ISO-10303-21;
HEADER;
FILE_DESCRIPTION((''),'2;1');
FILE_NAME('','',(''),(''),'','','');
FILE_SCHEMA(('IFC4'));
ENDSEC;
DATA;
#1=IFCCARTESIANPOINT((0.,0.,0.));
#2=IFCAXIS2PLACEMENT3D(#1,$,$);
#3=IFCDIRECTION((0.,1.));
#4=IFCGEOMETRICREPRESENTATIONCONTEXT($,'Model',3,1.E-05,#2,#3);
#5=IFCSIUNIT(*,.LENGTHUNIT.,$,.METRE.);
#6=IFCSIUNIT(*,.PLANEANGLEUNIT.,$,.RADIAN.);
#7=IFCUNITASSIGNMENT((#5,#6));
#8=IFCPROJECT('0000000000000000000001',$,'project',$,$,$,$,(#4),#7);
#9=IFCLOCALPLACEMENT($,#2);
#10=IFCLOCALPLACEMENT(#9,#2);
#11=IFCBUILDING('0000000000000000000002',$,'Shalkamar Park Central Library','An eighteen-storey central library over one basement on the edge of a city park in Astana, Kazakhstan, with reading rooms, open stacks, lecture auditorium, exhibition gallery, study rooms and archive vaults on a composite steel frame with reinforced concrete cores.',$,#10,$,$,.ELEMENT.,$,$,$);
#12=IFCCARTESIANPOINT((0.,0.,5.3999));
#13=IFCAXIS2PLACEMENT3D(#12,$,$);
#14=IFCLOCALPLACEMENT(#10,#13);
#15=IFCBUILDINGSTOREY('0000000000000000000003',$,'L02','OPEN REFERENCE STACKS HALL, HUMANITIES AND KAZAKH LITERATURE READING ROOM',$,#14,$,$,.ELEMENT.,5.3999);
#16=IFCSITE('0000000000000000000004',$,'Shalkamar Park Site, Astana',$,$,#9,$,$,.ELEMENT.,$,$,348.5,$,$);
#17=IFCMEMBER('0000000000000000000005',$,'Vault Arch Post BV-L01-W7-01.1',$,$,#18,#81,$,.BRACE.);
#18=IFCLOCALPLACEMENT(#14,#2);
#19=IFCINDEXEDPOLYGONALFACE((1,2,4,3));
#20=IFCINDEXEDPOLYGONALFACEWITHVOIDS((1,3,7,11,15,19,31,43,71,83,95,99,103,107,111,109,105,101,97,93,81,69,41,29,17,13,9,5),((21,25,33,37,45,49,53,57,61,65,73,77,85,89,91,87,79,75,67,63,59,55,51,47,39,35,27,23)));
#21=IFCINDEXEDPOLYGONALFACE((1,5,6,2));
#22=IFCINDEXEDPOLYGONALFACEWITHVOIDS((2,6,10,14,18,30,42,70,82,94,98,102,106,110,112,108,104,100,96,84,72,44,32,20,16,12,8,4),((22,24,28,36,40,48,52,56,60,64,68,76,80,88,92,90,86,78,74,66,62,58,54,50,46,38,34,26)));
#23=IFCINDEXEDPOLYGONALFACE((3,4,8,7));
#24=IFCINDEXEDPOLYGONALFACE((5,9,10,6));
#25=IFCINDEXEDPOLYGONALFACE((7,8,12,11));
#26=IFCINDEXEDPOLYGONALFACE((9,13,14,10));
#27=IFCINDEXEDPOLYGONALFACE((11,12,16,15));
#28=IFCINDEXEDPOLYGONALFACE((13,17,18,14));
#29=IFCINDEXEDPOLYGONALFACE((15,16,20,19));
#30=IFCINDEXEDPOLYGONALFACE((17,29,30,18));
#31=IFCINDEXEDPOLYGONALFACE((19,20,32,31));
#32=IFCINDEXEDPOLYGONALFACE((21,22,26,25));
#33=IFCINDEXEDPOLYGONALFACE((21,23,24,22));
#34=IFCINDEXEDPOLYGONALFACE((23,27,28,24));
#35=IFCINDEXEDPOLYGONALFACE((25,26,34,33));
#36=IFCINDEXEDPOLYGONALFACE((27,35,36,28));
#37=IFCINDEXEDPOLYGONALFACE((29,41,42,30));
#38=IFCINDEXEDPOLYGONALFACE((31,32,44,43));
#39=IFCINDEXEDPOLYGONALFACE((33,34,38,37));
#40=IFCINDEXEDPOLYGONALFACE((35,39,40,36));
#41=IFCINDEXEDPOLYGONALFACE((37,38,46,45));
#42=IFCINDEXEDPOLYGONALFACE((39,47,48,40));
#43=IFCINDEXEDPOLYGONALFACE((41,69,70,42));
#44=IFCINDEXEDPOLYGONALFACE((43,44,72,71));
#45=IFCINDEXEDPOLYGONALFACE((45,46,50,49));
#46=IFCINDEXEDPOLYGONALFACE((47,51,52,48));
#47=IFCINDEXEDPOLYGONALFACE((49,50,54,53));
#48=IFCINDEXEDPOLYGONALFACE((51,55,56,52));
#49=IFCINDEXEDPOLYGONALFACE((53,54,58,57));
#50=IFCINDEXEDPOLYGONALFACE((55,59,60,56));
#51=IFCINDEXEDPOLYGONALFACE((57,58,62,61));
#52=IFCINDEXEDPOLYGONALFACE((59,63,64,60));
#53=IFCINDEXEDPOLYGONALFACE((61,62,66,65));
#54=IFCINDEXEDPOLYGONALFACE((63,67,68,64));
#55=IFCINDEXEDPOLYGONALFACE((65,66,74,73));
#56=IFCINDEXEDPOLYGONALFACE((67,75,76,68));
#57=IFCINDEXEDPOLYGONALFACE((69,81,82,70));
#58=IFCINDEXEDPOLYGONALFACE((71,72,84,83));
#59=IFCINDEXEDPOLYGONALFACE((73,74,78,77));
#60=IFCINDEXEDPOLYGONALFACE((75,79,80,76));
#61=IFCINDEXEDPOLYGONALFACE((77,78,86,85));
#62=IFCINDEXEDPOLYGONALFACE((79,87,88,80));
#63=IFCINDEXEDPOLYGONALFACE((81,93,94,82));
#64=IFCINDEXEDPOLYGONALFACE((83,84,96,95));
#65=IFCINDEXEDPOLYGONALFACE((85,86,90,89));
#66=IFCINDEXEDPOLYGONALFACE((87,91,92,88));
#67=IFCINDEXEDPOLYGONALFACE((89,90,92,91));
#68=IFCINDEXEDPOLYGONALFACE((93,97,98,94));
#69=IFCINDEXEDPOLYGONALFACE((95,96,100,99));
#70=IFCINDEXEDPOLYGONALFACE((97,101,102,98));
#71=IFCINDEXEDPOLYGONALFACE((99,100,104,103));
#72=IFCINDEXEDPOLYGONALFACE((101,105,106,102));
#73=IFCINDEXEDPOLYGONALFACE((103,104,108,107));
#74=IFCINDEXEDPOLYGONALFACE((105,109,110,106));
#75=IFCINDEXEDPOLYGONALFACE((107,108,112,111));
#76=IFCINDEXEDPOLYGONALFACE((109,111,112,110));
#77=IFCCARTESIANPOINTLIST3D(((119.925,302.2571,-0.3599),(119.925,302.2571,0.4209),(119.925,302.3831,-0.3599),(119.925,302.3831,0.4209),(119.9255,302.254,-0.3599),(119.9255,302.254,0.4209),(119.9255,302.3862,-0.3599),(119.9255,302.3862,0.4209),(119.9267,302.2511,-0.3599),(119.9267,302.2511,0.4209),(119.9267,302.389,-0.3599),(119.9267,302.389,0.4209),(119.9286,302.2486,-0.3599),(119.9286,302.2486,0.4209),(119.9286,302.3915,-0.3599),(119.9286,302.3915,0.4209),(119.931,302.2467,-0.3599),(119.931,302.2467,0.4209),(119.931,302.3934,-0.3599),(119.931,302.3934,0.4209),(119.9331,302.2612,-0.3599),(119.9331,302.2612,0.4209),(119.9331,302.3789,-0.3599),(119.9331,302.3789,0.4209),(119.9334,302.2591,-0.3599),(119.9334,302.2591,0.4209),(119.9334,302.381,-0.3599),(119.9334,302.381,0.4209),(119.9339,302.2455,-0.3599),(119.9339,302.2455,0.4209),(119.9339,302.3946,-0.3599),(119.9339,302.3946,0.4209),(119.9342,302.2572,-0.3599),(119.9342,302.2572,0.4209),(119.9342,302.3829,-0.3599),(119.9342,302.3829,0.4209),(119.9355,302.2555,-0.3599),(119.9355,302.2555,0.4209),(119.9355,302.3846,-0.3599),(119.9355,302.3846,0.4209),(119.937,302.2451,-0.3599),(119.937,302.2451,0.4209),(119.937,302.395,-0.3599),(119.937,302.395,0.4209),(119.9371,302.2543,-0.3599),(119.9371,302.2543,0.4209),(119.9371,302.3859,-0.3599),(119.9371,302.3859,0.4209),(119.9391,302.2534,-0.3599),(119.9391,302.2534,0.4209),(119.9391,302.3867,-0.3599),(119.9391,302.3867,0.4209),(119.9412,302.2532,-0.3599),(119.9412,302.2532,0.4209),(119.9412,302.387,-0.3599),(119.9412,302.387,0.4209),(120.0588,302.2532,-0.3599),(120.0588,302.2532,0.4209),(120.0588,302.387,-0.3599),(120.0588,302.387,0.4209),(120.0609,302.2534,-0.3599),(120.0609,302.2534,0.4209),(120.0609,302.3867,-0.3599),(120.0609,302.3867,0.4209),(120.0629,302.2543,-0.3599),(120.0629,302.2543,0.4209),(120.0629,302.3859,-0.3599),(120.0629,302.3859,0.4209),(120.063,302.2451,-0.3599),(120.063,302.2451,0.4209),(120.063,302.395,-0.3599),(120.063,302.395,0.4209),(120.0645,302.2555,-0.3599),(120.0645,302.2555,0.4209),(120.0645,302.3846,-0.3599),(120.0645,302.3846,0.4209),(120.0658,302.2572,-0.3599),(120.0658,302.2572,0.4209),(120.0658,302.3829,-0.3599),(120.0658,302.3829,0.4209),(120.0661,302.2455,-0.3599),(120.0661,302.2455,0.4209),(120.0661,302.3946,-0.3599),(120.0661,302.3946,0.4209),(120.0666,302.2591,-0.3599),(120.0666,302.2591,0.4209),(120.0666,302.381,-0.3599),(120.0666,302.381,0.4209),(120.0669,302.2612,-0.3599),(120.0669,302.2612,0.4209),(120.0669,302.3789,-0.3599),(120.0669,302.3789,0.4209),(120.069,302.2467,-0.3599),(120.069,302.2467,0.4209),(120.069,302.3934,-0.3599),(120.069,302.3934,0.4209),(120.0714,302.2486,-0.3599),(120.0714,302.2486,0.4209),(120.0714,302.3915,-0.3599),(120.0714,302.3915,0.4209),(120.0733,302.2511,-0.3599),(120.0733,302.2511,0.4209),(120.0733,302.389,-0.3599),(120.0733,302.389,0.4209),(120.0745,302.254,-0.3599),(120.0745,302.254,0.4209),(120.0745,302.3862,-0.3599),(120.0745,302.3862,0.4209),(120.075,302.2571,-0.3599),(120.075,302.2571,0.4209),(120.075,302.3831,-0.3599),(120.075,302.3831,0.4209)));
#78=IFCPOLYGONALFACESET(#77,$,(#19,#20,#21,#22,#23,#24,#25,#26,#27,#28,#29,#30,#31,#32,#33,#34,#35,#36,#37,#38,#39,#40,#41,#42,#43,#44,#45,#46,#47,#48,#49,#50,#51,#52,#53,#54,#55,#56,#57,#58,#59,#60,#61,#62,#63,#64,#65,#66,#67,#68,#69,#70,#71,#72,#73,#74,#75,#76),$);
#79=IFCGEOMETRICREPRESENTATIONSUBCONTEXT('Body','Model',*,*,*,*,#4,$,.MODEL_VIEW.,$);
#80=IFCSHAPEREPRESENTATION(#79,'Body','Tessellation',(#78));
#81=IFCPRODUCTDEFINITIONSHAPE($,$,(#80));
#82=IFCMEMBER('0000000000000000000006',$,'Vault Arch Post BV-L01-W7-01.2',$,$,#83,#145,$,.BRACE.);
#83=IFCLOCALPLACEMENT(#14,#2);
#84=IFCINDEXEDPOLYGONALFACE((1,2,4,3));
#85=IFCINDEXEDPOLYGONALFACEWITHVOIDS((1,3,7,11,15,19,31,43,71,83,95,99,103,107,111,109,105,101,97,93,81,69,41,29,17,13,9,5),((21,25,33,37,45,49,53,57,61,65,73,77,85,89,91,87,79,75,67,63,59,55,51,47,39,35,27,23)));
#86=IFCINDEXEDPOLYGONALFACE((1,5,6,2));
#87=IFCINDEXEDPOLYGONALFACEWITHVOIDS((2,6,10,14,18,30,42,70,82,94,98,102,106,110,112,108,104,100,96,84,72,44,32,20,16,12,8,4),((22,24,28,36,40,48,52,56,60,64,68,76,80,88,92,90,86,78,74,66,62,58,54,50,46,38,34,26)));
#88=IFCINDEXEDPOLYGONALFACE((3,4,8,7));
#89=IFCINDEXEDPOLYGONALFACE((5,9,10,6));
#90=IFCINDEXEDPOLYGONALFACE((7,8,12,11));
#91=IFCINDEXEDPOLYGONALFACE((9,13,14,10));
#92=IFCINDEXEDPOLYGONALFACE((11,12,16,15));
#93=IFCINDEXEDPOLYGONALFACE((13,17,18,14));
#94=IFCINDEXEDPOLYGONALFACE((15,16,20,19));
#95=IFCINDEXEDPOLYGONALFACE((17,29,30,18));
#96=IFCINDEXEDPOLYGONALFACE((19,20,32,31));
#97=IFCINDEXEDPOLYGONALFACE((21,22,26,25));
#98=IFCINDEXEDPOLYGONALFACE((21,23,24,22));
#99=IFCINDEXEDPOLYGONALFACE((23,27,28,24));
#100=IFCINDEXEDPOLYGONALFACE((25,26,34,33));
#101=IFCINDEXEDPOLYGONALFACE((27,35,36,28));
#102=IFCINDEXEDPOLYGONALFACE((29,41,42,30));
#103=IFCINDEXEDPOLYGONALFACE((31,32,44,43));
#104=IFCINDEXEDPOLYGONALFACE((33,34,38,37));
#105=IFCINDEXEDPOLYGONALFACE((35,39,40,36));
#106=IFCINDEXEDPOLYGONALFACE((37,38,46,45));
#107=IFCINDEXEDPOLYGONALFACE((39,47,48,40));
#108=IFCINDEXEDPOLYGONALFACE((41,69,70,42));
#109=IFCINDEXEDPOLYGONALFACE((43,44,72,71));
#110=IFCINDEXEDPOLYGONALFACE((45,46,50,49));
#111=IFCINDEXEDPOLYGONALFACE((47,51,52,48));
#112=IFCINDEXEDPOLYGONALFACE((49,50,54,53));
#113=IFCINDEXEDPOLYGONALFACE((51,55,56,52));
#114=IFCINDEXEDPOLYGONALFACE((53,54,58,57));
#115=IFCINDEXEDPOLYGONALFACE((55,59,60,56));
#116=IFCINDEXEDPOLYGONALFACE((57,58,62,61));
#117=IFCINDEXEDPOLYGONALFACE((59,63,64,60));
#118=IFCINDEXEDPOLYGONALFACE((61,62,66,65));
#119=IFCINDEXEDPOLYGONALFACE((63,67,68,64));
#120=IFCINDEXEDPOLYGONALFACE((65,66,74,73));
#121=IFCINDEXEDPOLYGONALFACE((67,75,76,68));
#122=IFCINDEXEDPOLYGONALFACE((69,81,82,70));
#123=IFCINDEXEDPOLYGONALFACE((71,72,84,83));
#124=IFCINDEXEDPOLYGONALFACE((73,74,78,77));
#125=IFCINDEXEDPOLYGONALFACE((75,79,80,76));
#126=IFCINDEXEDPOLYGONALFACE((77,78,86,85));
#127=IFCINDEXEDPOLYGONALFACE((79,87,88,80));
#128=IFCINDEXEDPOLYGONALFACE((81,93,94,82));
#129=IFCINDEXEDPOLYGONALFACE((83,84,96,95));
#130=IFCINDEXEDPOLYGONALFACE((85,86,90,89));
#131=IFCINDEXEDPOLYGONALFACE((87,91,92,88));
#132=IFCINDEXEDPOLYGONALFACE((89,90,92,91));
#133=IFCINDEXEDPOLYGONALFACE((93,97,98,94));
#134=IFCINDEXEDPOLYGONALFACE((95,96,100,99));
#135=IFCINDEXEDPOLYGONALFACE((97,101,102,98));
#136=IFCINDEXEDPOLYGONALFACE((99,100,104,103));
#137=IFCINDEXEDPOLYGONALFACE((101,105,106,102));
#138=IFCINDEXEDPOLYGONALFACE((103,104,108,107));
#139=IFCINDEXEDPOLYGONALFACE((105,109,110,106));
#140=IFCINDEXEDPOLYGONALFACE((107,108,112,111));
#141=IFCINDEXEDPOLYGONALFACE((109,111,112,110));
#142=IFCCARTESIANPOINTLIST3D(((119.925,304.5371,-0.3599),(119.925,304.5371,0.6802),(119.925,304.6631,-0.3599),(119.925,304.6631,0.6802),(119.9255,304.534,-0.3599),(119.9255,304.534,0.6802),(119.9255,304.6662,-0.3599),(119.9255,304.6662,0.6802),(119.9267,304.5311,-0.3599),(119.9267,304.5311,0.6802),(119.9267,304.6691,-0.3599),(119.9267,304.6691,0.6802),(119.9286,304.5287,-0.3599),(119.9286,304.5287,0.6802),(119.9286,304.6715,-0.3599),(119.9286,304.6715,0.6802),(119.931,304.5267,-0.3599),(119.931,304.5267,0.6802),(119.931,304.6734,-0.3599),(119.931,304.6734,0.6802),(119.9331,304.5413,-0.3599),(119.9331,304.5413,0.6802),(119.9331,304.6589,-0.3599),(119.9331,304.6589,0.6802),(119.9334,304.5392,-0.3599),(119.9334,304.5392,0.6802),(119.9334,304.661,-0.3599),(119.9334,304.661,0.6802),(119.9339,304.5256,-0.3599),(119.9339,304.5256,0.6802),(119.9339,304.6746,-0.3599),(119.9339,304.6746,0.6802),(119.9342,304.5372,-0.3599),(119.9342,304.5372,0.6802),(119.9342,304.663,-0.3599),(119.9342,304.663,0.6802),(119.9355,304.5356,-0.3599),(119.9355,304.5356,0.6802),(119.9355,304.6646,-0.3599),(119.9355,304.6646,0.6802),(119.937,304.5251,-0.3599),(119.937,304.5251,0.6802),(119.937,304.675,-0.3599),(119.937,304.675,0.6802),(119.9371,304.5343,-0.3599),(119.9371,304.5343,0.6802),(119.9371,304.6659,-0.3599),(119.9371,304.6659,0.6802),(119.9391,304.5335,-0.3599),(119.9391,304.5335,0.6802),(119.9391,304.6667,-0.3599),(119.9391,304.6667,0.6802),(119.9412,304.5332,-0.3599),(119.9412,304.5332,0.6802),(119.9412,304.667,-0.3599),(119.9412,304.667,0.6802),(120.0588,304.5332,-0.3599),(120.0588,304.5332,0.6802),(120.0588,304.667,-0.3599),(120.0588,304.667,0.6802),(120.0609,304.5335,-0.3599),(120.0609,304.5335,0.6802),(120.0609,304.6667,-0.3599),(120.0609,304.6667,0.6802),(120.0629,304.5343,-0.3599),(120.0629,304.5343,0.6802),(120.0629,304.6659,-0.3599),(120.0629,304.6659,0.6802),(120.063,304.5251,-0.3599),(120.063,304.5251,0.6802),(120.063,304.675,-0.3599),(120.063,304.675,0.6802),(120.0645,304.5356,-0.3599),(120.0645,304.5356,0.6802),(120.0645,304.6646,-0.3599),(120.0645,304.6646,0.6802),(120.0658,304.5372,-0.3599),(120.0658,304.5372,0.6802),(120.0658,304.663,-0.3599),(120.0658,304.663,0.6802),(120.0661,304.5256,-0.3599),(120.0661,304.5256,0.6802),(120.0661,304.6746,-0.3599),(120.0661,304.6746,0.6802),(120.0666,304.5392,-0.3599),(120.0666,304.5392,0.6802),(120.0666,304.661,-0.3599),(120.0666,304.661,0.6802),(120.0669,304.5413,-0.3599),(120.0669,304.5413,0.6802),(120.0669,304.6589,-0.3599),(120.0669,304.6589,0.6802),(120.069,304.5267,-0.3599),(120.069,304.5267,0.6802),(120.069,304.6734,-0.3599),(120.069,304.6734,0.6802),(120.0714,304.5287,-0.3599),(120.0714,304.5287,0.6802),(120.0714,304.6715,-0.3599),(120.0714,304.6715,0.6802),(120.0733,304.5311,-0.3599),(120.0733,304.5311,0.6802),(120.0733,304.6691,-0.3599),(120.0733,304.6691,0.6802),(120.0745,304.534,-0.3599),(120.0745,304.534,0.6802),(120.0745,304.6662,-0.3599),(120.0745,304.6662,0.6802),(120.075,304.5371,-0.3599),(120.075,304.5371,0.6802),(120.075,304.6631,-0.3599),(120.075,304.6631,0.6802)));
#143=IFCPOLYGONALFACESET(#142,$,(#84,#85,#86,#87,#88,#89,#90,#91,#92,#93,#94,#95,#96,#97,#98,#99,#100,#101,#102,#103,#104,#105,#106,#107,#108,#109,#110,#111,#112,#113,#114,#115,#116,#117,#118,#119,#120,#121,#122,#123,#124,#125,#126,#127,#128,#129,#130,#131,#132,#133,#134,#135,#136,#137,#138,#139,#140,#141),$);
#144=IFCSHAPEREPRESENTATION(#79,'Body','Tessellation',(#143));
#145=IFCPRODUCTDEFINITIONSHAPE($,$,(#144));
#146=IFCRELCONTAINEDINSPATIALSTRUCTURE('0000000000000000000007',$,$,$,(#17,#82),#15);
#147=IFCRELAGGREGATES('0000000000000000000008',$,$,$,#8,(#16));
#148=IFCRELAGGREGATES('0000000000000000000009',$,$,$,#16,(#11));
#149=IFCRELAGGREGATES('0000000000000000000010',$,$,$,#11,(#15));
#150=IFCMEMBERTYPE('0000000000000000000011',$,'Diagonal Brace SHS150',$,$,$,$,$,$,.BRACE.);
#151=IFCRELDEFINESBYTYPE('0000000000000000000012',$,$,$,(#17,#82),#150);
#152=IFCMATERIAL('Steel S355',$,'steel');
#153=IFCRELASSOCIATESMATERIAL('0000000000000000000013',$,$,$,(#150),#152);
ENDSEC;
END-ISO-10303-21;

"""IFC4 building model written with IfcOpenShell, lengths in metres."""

from ifc_helpers import new_model, si_unit, direction, frame, origin, origin_2d, place, context, subcontext, project, spatial, hollow_rectangle, extrude, material, material_profile, profile_set, type_object, element, save


model = new_model("IFC4")

# Units and contexts
model_context = context("Model", 3, precision=1e-05, world=origin(), true_north=direction((0.0, 1.0)))
body_context = subcontext(model_context, "Body", "Model", "MODEL_VIEW")
ifc_project = project(units=[si_unit("LENGTHUNIT", "METRE"), si_unit("PLANEANGLEUNIT", "RADIAN")], contexts=[model_context])

# Site, building, storey
site_placement = place(None, origin())
site = spatial("IfcSite", under=ifc_project, at=site_placement, Name="Shalkamar Park Site, Astana", CompositionType="ELEMENT", RefElevation=348.5)
building_placement = place(site_placement, origin())
building = spatial("IfcBuilding", under=site, at=building_placement, Name="Shalkamar Park Central Library", Description="An eighteen-storey central library over one basement on the edge of a city park in Astana, Kazakhstan, with reading rooms, open stacks, lecture auditorium, exhibition gallery, study rooms and archive vaults on a composite steel frame with reinforced concrete cores.", CompositionType="ELEMENT")
storey_placement = place(building_placement, frame((0.0, 0.0, 5.3999)))
storey = spatial("IfcBuildingStorey", under=building, at=storey_placement, Name="L02", Description="OPEN REFERENCE STACKS HALL, HUMANITIES AND KAZAKH LITERATURE READING ROOM", CompositionType="ELEMENT", Elevation=5.3999)

# Shared definitions
ifc_material_1 = material(Name="Steel S355", Category="steel")

# Members
ifc_material_profile_1 = material_profile(ifc_material_1, hollow_rectangle(XDim=0.1499, YDim=0.1499, WallThickness=0.0081, InnerFilletRadius=0.0081, OuterFilletRadius=0.012, at=origin_2d()), Name="SHS 150x150x8")
ifc_profile_set_1 = profile_set([ifc_material_profile_1], Name="Steel S355")
member_type_1 = type_object("IfcMemberType", Name="Diagonal Brace SHS150", PredefinedType="BRACE", material=ifc_profile_set_1)
member_1_placement = place(storey_placement, frame((120.0, 302.3201, -0.3599), z_axis=(0.0, 0.0, 1.0), x_axis=(1.0, 0.0, 0.0)))
element("IfcMember", 1, at=member_1_placement, inside=storey, type_object=member_type_1, Name="Vault Arch Post BV-L01-W7-01.1", PredefinedType="BRACE", context=body_context, shape_type="SweptSolid", body=[
    extrude(hollow_rectangle(XDim=0.1499, YDim=0.1499, WallThickness=0.0081, InnerFilletRadius=0.0081, OuterFilletRadius=0.012, at=origin_2d()), origin(), (0.0, 0.0, 1.0), 0.7808),
])
member_2_placement = place(storey_placement, frame((120.0, 304.6001, -0.3599), z_axis=(0.0, 0.0, 1.0), x_axis=(1.0, 0.0, 0.0)))
element("IfcMember", 2, at=member_2_placement, inside=storey, type_object=member_type_1, Name="Vault Arch Post BV-L01-W7-01.2", PredefinedType="BRACE", context=body_context, shape_type="SweptSolid", body=[
    extrude(hollow_rectangle(XDim=0.1499, YDim=0.1499, WallThickness=0.0081, InnerFilletRadius=0.0081, OuterFilletRadius=0.012, at=origin_2d()), origin(), (0.0, 0.0, 1.0), 1.04),
])

save(model, "model.ifc")
